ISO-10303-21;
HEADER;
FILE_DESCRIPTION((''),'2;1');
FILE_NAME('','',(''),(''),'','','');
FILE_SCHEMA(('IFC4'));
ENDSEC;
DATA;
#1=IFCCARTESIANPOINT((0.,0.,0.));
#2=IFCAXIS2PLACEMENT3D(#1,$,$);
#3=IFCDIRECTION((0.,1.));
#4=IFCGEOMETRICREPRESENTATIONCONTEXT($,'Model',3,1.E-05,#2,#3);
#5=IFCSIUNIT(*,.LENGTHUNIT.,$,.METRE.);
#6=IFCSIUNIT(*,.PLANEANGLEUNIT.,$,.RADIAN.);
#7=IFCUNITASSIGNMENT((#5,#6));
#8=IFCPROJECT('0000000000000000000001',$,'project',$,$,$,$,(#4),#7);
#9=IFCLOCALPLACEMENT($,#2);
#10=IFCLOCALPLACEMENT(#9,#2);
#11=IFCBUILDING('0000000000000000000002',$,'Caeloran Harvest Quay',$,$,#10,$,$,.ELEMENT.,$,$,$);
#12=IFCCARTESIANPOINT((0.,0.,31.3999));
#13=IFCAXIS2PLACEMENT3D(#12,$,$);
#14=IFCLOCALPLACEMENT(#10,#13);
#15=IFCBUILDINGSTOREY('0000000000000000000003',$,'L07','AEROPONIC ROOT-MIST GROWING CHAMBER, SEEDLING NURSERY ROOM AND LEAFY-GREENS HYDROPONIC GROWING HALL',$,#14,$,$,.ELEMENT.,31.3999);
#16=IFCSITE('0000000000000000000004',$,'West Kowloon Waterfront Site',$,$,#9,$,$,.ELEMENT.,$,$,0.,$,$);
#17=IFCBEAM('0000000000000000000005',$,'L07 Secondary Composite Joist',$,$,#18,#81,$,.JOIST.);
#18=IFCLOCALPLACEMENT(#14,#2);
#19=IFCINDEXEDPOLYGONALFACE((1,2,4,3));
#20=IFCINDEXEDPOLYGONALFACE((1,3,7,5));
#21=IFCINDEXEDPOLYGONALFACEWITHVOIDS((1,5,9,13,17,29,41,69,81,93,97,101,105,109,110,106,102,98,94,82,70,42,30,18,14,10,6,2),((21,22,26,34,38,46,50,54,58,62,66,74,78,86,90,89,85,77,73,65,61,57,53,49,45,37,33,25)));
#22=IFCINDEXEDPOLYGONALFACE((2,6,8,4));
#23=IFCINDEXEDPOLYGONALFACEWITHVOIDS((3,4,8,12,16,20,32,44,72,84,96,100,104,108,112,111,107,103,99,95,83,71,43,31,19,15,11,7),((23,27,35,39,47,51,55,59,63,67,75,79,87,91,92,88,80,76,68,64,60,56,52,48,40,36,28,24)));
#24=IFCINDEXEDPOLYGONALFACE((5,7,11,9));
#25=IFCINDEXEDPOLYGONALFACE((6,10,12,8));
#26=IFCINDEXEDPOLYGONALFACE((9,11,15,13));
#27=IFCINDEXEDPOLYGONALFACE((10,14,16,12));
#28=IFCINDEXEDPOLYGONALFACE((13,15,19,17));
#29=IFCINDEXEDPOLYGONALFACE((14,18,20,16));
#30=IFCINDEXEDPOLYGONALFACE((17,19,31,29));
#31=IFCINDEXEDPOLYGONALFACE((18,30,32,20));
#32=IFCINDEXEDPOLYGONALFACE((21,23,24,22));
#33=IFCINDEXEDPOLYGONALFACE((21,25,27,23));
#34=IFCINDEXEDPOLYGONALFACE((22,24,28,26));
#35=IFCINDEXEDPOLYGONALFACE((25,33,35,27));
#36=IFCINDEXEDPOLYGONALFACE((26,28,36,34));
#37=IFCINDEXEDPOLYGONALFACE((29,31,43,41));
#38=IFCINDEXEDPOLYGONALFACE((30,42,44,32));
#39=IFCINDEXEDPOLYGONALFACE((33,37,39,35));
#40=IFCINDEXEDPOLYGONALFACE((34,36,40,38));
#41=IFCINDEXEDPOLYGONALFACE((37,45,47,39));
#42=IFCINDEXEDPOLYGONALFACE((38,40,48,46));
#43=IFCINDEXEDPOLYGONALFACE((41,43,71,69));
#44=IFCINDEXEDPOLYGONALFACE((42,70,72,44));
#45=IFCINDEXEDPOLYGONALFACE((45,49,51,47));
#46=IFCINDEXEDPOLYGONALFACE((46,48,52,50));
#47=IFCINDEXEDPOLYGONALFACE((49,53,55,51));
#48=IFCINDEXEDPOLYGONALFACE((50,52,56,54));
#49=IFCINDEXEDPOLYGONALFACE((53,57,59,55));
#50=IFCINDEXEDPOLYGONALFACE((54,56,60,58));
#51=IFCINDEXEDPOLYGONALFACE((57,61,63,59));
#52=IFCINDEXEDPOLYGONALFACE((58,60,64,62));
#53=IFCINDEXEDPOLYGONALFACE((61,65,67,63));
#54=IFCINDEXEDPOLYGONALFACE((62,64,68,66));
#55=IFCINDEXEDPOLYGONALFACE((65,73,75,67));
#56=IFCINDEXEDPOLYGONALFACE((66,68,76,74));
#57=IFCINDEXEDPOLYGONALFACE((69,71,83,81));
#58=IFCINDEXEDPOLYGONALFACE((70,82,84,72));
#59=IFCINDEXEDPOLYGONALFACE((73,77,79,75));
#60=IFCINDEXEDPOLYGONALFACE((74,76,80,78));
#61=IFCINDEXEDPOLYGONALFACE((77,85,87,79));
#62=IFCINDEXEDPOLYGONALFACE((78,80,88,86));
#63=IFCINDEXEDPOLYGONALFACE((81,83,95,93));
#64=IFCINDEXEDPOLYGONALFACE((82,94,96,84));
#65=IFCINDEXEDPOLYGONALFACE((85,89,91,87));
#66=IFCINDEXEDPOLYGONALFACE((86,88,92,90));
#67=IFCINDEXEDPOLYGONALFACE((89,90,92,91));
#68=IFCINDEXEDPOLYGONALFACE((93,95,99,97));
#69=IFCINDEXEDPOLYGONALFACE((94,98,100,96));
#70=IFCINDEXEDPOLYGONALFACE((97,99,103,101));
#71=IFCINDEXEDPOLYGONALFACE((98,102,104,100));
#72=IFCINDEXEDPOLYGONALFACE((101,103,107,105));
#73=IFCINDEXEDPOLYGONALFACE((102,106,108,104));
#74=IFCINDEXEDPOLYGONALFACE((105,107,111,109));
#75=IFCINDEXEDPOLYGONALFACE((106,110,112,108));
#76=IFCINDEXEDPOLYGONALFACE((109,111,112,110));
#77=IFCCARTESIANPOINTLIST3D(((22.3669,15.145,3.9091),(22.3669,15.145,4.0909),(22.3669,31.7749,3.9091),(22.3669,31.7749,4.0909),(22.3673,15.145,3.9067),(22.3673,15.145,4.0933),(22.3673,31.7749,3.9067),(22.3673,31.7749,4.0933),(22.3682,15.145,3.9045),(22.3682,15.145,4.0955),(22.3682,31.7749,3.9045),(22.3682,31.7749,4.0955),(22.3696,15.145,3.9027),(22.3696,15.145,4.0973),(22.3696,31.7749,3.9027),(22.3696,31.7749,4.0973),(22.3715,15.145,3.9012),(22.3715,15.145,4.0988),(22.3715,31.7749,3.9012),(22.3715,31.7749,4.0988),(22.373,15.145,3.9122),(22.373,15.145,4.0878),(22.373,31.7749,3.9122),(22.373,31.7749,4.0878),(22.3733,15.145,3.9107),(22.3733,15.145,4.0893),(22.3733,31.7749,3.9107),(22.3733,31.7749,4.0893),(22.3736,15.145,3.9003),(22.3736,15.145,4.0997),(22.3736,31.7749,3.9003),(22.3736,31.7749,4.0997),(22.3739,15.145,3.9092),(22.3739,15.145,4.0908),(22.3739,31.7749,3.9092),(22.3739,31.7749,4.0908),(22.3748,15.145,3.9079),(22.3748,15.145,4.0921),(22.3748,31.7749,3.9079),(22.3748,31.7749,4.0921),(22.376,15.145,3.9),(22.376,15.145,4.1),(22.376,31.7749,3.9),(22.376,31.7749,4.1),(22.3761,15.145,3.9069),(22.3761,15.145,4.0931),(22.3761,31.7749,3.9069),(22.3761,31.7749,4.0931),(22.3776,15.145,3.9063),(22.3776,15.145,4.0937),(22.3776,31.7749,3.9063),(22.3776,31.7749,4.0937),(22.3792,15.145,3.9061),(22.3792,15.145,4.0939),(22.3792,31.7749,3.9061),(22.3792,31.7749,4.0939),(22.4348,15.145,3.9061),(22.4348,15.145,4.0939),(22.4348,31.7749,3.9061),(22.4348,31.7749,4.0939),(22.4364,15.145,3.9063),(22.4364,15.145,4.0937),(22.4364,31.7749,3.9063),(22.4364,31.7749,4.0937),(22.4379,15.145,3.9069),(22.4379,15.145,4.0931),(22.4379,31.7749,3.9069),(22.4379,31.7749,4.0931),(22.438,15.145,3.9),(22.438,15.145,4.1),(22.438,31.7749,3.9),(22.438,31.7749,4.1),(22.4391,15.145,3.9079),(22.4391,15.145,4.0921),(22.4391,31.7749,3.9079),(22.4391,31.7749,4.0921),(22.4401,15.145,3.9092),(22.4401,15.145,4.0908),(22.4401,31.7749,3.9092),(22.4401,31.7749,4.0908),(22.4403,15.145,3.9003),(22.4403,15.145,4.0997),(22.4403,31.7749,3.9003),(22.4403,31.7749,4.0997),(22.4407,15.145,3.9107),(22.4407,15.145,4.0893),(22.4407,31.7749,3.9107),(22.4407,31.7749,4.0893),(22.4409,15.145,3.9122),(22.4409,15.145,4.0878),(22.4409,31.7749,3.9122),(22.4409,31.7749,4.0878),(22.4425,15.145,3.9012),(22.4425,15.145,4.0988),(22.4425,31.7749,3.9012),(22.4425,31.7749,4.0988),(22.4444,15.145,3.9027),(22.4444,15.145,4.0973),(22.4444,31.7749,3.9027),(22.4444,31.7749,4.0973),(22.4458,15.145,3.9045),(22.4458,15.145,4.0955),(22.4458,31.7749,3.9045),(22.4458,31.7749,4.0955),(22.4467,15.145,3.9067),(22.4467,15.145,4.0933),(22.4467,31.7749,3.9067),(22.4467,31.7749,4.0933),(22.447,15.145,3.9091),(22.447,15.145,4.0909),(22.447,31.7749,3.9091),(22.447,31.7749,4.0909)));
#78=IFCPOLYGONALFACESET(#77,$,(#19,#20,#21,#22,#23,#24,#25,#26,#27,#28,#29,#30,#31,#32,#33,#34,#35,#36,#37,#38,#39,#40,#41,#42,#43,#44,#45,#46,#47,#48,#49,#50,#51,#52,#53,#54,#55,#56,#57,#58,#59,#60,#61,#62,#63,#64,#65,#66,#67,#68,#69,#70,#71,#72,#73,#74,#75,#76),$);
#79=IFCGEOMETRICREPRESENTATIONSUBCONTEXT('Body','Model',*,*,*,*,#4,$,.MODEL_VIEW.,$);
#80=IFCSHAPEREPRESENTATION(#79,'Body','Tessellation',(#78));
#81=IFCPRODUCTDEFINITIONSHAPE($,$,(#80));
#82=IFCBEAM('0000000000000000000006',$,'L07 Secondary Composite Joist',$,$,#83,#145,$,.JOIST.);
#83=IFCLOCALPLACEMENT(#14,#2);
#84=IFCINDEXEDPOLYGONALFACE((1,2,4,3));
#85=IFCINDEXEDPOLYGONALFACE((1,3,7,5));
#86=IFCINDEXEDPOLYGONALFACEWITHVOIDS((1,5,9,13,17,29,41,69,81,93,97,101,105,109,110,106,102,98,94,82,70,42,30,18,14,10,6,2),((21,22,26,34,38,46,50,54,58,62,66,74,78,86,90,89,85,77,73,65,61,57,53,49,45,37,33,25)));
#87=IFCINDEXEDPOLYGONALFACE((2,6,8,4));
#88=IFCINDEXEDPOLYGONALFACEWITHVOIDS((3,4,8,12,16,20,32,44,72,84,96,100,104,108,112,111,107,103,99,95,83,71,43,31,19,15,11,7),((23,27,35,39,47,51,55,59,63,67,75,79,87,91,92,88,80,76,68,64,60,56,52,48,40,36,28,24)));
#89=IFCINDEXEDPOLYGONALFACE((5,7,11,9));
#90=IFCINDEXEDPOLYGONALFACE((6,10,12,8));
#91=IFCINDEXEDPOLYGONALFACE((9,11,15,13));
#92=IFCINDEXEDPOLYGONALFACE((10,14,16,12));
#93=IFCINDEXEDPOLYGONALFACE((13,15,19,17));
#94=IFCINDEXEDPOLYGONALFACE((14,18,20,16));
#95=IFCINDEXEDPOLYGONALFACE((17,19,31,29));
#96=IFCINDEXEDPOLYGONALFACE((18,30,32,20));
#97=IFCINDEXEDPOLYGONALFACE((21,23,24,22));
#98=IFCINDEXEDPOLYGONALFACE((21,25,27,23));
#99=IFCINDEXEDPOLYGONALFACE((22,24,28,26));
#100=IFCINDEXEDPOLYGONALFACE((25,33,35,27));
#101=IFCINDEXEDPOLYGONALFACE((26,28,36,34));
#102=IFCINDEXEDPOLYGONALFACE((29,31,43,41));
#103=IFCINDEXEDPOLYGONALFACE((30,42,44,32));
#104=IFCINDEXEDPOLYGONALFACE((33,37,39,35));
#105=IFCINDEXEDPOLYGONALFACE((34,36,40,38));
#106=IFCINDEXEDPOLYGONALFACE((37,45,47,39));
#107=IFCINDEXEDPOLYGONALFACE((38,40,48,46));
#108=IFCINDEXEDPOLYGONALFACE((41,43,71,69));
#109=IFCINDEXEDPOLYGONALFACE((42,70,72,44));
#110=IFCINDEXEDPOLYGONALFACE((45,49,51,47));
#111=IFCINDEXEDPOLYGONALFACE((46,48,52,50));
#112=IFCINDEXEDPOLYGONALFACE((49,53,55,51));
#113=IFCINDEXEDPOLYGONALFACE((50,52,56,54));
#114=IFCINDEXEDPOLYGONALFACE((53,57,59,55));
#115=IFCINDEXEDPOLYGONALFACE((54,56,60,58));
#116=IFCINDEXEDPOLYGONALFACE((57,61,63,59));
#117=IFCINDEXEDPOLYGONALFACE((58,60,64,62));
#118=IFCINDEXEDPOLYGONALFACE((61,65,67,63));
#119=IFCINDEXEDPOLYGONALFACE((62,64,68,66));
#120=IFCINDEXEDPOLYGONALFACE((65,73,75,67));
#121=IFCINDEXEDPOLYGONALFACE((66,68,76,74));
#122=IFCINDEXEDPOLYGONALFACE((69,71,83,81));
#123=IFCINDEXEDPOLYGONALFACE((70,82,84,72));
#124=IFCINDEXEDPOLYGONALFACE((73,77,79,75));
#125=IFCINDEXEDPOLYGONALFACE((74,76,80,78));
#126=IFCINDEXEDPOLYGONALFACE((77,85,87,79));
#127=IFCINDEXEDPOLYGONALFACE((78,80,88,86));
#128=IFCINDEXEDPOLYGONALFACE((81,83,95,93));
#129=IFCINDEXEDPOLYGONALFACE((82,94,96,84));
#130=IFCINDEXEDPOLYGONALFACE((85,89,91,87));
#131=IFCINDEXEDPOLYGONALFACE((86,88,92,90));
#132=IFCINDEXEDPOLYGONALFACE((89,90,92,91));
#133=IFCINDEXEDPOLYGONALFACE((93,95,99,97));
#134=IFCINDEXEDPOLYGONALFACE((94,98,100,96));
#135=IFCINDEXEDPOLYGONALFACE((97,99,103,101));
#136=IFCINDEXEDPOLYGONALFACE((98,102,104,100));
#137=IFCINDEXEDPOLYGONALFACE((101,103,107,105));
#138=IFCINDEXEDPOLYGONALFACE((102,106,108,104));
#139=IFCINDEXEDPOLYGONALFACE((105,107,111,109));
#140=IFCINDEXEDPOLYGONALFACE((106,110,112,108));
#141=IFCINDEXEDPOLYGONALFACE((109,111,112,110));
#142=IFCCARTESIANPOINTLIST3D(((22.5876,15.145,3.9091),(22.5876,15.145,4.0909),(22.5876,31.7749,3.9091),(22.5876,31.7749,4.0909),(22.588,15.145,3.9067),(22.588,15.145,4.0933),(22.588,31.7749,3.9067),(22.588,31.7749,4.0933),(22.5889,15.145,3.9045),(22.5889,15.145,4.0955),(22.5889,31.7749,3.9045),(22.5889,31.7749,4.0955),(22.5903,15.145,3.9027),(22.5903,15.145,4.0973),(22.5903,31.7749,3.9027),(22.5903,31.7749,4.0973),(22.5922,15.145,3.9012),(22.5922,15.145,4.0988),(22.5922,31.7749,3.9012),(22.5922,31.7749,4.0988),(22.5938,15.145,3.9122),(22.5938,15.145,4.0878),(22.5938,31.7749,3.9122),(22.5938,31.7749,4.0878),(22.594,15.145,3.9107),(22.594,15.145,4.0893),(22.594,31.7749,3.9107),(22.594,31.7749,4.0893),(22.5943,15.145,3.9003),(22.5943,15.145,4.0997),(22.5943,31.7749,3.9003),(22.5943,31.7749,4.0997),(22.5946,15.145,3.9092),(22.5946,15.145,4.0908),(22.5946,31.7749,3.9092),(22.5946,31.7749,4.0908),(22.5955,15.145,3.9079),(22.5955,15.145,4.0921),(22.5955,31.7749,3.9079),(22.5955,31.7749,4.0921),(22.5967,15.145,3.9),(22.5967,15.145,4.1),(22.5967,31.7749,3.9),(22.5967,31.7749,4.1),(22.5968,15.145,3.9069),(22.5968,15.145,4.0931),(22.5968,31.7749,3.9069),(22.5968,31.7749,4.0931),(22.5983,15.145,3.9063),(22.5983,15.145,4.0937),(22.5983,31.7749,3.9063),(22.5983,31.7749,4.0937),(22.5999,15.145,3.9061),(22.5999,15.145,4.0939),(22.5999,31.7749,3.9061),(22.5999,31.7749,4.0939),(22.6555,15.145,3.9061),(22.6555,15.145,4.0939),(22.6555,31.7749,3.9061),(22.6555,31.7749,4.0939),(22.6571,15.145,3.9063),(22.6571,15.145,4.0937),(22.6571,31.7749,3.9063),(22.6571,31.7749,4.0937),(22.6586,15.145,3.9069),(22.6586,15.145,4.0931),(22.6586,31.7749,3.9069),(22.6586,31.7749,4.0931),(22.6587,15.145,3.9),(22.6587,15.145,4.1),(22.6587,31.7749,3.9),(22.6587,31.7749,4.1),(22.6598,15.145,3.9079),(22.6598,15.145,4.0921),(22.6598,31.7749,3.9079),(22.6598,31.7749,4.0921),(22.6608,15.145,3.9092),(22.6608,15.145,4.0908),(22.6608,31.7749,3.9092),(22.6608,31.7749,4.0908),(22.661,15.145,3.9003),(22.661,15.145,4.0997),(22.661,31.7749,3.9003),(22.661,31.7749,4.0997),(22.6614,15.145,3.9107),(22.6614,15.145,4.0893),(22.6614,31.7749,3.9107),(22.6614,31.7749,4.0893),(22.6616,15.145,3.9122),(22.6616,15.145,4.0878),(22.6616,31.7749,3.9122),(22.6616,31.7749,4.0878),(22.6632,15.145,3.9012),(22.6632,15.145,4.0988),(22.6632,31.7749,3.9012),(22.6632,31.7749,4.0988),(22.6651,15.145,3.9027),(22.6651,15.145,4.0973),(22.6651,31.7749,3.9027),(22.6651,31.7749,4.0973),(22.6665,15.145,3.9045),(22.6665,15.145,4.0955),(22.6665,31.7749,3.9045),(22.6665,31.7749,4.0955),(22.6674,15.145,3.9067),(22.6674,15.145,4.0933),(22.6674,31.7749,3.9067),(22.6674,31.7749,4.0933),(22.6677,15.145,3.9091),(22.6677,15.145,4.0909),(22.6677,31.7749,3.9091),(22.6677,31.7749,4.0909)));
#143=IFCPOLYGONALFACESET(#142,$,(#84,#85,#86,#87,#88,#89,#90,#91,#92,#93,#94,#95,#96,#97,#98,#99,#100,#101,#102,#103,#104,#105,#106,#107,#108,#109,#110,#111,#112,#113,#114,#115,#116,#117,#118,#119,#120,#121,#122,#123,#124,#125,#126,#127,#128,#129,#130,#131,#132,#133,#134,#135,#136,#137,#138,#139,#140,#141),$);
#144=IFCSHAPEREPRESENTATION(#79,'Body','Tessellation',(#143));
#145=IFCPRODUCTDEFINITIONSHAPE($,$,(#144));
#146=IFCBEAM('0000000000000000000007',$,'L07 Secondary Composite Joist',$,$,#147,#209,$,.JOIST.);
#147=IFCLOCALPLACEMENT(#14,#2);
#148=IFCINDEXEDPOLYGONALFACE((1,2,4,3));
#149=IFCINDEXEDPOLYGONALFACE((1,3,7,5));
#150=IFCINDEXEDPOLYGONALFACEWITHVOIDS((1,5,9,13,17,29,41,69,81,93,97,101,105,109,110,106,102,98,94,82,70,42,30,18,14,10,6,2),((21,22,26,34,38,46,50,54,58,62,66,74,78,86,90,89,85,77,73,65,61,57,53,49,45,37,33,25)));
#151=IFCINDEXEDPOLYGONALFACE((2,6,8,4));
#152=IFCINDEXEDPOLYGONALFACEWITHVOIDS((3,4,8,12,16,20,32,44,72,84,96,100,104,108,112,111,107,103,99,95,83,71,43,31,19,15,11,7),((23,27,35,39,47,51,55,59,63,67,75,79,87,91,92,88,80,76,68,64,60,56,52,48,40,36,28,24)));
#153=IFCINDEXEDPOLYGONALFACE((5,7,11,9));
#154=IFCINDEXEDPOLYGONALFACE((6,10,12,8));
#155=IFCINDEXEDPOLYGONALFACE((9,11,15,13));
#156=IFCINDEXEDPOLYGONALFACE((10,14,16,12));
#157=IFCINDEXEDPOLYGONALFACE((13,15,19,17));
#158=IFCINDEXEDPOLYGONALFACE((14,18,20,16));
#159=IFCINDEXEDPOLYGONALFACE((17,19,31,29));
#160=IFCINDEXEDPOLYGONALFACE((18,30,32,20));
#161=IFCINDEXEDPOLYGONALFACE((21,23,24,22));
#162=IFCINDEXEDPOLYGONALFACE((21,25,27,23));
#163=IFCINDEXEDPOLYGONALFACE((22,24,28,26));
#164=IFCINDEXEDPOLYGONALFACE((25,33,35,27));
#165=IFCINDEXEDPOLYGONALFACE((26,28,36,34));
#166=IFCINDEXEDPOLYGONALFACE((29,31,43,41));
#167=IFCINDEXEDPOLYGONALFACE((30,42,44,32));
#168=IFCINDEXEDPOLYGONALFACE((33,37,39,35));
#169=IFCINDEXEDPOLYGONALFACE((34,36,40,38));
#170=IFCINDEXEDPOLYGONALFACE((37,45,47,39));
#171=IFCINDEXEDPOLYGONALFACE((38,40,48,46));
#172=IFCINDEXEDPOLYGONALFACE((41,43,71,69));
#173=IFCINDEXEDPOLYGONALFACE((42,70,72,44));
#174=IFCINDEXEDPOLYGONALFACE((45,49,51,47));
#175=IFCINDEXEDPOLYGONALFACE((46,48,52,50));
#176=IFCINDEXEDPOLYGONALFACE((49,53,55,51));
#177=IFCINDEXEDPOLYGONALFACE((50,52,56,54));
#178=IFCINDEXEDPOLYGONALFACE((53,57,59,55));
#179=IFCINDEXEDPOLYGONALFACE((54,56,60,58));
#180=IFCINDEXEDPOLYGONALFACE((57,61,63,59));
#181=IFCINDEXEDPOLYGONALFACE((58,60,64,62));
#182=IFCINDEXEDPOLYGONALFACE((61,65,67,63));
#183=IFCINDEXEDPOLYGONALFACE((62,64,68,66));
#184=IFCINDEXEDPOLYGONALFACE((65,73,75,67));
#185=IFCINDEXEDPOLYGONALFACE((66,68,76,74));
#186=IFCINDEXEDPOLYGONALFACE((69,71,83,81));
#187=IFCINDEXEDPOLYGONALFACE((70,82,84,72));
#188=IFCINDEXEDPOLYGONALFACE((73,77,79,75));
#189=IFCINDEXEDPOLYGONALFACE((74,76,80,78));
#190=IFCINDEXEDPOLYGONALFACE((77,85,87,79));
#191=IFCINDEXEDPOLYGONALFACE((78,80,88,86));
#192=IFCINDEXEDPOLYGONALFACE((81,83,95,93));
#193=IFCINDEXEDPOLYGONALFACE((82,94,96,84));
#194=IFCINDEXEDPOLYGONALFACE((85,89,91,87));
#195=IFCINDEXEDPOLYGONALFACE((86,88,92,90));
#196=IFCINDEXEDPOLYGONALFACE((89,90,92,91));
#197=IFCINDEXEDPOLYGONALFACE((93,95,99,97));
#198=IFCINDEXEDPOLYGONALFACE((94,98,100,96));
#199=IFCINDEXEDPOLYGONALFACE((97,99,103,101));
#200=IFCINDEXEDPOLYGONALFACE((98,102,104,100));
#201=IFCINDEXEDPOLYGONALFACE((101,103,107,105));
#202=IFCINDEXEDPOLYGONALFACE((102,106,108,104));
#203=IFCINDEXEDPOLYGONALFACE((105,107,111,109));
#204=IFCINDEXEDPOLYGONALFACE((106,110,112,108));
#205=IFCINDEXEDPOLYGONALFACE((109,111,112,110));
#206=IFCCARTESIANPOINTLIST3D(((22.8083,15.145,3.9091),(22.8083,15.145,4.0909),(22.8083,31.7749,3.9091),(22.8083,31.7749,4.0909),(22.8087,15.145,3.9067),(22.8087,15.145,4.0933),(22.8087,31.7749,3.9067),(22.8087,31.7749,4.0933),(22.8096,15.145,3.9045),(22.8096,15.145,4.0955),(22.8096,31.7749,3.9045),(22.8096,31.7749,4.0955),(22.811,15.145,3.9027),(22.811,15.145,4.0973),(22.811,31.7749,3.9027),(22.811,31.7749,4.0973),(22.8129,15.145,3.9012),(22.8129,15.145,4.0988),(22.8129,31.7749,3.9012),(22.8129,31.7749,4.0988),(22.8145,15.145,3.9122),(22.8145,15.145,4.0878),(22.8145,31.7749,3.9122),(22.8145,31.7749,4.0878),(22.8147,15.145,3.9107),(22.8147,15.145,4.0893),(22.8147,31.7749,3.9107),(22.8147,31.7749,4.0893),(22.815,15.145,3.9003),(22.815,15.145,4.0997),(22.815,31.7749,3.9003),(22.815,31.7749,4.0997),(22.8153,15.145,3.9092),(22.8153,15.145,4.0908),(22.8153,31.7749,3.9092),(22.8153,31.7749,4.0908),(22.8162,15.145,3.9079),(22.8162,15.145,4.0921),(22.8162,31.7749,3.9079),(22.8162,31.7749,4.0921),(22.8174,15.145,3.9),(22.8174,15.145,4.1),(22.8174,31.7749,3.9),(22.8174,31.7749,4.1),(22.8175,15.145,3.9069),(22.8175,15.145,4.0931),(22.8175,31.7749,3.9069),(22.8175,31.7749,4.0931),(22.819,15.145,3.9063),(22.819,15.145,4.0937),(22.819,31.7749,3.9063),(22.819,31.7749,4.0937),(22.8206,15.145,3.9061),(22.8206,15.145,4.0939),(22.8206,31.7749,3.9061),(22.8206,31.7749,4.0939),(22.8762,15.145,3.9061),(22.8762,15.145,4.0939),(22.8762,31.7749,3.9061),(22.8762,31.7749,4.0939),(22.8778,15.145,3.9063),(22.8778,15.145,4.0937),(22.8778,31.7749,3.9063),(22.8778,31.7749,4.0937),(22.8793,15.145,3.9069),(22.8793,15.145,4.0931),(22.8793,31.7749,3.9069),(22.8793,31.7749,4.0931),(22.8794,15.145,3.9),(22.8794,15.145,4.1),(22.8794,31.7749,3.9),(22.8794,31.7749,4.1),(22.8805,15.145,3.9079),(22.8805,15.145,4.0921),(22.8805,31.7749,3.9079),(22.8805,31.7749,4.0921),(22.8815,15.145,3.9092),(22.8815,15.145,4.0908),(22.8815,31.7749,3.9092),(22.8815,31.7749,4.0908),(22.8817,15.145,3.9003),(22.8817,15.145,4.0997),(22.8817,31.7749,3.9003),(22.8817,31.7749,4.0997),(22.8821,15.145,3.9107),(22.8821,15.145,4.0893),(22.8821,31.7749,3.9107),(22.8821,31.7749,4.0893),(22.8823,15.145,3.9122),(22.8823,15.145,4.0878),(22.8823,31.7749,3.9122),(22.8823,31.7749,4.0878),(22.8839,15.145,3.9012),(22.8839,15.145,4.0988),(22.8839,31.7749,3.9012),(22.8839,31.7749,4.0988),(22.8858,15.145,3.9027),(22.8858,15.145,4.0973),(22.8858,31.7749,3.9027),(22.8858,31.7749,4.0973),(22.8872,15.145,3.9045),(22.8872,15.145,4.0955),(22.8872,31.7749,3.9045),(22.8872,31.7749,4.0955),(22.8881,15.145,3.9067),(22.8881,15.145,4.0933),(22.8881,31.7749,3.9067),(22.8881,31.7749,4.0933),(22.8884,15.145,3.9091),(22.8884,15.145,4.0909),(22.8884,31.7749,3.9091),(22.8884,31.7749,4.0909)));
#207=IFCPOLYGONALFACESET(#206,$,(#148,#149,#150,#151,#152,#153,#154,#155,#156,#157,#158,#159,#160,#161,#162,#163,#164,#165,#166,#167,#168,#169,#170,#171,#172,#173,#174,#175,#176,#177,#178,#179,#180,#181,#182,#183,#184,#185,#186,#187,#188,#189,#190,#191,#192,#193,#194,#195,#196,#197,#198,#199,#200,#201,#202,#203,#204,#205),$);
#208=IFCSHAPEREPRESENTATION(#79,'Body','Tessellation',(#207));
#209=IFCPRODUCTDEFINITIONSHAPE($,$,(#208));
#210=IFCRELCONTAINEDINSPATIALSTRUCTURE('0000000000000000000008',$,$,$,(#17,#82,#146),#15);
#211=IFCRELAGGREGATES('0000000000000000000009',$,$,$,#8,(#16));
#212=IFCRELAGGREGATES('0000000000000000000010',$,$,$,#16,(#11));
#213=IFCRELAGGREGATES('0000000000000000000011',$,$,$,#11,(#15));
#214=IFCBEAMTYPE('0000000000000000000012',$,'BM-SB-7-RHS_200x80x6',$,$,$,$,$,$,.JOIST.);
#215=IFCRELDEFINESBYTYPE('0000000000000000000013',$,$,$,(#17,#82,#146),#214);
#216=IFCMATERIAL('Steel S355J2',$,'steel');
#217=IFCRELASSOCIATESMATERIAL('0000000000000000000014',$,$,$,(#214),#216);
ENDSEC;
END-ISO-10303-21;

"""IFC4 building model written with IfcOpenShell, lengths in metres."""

from ifc_helpers import new_model, si_unit, direction, frame, origin, origin_2d, place, context, subcontext, project, spatial, hollow_rectangle, extrude, material, material_profile, profile_set, type_object, element, save


model = new_model("IFC4")

# Units and contexts
model_context = context("Model", 3, precision=1e-05, world=origin(), true_north=direction((0.0, 1.0)))
body_context = subcontext(model_context, "Body", "Model", "MODEL_VIEW")
ifc_project = project(units=[si_unit("LENGTHUNIT", "METRE"), si_unit("PLANEANGLEUNIT", "RADIAN")], contexts=[model_context])

# Site, building, storey
site_placement = place(None, origin())
site = spatial("IfcSite", under=ifc_project, at=site_placement, Name="West Kowloon Waterfront Site", CompositionType="ELEMENT", RefElevation=0.0)
building_placement = place(site_placement, origin())
building = spatial("IfcBuilding", under=site, at=building_placement, Name="Caeloran Harvest Quay", CompositionType="ELEMENT")
storey_placement = place(building_placement, frame((0.0, 0.0, 31.3999)))
storey = spatial("IfcBuildingStorey", under=building, at=storey_placement, Name="L07", Description="AEROPONIC ROOT-MIST GROWING CHAMBER, SEEDLING NURSERY ROOM AND LEAFY-GREENS HYDROPONIC GROWING HALL", CompositionType="ELEMENT", Elevation=31.3999)

# Beams
ifc_material_1 = material(Name="Steel S355J2", Category="steel")
ifc_material_profile_1 = material_profile(ifc_material_1, hollow_rectangle(XDim=0.0801, YDim=0.2, WallThickness=0.0061, InnerFilletRadius=0.0061, OuterFilletRadius=0.009, at=origin_2d()), Name="RHS 200x80x6")
ifc_profile_set_1 = profile_set([ifc_material_profile_1], Name="Steel S355J2")
beam_type_1 = type_object("IfcBeamType", Name="BM-SB-7-RHS_200x80x6", PredefinedType="JOIST", material=ifc_profile_set_1)
for number, where, z_axis, x_axis, name in (
    (1, (22.407, 15.145, 4.0), (0.0, 1.0, 0.0), (-1.0, 0.0, 0.0), "L07 Secondary Composite Joist"),
    (2, (22.6277, 15.145, 4.0), (0.0, 1.0, 0.0), (-1.0, 0.0, 0.0), "L07 Secondary Composite Joist"),
    (3, (22.8484, 15.145, 4.0), (0.0, 1.0, 0.0), (-1.0, 0.0, 0.0), "L07 Secondary Composite Joist"),
):
    element("IfcBeam", number, at=place(storey_placement, frame(where, z_axis=z_axis, x_axis=x_axis)), inside=storey, type_object=beam_type_1, Name=name, PredefinedType="JOIST", context=body_context, shape_type="SweptSolid", body=[
        extrude(hollow_rectangle(XDim=0.0801, YDim=0.2, WallThickness=0.0061, InnerFilletRadius=0.0061, OuterFilletRadius=0.009, at=origin_2d()), origin(), (0.0, 0.0, 1.0), 16.6299),
    ])

save(model, "model.ifc")
